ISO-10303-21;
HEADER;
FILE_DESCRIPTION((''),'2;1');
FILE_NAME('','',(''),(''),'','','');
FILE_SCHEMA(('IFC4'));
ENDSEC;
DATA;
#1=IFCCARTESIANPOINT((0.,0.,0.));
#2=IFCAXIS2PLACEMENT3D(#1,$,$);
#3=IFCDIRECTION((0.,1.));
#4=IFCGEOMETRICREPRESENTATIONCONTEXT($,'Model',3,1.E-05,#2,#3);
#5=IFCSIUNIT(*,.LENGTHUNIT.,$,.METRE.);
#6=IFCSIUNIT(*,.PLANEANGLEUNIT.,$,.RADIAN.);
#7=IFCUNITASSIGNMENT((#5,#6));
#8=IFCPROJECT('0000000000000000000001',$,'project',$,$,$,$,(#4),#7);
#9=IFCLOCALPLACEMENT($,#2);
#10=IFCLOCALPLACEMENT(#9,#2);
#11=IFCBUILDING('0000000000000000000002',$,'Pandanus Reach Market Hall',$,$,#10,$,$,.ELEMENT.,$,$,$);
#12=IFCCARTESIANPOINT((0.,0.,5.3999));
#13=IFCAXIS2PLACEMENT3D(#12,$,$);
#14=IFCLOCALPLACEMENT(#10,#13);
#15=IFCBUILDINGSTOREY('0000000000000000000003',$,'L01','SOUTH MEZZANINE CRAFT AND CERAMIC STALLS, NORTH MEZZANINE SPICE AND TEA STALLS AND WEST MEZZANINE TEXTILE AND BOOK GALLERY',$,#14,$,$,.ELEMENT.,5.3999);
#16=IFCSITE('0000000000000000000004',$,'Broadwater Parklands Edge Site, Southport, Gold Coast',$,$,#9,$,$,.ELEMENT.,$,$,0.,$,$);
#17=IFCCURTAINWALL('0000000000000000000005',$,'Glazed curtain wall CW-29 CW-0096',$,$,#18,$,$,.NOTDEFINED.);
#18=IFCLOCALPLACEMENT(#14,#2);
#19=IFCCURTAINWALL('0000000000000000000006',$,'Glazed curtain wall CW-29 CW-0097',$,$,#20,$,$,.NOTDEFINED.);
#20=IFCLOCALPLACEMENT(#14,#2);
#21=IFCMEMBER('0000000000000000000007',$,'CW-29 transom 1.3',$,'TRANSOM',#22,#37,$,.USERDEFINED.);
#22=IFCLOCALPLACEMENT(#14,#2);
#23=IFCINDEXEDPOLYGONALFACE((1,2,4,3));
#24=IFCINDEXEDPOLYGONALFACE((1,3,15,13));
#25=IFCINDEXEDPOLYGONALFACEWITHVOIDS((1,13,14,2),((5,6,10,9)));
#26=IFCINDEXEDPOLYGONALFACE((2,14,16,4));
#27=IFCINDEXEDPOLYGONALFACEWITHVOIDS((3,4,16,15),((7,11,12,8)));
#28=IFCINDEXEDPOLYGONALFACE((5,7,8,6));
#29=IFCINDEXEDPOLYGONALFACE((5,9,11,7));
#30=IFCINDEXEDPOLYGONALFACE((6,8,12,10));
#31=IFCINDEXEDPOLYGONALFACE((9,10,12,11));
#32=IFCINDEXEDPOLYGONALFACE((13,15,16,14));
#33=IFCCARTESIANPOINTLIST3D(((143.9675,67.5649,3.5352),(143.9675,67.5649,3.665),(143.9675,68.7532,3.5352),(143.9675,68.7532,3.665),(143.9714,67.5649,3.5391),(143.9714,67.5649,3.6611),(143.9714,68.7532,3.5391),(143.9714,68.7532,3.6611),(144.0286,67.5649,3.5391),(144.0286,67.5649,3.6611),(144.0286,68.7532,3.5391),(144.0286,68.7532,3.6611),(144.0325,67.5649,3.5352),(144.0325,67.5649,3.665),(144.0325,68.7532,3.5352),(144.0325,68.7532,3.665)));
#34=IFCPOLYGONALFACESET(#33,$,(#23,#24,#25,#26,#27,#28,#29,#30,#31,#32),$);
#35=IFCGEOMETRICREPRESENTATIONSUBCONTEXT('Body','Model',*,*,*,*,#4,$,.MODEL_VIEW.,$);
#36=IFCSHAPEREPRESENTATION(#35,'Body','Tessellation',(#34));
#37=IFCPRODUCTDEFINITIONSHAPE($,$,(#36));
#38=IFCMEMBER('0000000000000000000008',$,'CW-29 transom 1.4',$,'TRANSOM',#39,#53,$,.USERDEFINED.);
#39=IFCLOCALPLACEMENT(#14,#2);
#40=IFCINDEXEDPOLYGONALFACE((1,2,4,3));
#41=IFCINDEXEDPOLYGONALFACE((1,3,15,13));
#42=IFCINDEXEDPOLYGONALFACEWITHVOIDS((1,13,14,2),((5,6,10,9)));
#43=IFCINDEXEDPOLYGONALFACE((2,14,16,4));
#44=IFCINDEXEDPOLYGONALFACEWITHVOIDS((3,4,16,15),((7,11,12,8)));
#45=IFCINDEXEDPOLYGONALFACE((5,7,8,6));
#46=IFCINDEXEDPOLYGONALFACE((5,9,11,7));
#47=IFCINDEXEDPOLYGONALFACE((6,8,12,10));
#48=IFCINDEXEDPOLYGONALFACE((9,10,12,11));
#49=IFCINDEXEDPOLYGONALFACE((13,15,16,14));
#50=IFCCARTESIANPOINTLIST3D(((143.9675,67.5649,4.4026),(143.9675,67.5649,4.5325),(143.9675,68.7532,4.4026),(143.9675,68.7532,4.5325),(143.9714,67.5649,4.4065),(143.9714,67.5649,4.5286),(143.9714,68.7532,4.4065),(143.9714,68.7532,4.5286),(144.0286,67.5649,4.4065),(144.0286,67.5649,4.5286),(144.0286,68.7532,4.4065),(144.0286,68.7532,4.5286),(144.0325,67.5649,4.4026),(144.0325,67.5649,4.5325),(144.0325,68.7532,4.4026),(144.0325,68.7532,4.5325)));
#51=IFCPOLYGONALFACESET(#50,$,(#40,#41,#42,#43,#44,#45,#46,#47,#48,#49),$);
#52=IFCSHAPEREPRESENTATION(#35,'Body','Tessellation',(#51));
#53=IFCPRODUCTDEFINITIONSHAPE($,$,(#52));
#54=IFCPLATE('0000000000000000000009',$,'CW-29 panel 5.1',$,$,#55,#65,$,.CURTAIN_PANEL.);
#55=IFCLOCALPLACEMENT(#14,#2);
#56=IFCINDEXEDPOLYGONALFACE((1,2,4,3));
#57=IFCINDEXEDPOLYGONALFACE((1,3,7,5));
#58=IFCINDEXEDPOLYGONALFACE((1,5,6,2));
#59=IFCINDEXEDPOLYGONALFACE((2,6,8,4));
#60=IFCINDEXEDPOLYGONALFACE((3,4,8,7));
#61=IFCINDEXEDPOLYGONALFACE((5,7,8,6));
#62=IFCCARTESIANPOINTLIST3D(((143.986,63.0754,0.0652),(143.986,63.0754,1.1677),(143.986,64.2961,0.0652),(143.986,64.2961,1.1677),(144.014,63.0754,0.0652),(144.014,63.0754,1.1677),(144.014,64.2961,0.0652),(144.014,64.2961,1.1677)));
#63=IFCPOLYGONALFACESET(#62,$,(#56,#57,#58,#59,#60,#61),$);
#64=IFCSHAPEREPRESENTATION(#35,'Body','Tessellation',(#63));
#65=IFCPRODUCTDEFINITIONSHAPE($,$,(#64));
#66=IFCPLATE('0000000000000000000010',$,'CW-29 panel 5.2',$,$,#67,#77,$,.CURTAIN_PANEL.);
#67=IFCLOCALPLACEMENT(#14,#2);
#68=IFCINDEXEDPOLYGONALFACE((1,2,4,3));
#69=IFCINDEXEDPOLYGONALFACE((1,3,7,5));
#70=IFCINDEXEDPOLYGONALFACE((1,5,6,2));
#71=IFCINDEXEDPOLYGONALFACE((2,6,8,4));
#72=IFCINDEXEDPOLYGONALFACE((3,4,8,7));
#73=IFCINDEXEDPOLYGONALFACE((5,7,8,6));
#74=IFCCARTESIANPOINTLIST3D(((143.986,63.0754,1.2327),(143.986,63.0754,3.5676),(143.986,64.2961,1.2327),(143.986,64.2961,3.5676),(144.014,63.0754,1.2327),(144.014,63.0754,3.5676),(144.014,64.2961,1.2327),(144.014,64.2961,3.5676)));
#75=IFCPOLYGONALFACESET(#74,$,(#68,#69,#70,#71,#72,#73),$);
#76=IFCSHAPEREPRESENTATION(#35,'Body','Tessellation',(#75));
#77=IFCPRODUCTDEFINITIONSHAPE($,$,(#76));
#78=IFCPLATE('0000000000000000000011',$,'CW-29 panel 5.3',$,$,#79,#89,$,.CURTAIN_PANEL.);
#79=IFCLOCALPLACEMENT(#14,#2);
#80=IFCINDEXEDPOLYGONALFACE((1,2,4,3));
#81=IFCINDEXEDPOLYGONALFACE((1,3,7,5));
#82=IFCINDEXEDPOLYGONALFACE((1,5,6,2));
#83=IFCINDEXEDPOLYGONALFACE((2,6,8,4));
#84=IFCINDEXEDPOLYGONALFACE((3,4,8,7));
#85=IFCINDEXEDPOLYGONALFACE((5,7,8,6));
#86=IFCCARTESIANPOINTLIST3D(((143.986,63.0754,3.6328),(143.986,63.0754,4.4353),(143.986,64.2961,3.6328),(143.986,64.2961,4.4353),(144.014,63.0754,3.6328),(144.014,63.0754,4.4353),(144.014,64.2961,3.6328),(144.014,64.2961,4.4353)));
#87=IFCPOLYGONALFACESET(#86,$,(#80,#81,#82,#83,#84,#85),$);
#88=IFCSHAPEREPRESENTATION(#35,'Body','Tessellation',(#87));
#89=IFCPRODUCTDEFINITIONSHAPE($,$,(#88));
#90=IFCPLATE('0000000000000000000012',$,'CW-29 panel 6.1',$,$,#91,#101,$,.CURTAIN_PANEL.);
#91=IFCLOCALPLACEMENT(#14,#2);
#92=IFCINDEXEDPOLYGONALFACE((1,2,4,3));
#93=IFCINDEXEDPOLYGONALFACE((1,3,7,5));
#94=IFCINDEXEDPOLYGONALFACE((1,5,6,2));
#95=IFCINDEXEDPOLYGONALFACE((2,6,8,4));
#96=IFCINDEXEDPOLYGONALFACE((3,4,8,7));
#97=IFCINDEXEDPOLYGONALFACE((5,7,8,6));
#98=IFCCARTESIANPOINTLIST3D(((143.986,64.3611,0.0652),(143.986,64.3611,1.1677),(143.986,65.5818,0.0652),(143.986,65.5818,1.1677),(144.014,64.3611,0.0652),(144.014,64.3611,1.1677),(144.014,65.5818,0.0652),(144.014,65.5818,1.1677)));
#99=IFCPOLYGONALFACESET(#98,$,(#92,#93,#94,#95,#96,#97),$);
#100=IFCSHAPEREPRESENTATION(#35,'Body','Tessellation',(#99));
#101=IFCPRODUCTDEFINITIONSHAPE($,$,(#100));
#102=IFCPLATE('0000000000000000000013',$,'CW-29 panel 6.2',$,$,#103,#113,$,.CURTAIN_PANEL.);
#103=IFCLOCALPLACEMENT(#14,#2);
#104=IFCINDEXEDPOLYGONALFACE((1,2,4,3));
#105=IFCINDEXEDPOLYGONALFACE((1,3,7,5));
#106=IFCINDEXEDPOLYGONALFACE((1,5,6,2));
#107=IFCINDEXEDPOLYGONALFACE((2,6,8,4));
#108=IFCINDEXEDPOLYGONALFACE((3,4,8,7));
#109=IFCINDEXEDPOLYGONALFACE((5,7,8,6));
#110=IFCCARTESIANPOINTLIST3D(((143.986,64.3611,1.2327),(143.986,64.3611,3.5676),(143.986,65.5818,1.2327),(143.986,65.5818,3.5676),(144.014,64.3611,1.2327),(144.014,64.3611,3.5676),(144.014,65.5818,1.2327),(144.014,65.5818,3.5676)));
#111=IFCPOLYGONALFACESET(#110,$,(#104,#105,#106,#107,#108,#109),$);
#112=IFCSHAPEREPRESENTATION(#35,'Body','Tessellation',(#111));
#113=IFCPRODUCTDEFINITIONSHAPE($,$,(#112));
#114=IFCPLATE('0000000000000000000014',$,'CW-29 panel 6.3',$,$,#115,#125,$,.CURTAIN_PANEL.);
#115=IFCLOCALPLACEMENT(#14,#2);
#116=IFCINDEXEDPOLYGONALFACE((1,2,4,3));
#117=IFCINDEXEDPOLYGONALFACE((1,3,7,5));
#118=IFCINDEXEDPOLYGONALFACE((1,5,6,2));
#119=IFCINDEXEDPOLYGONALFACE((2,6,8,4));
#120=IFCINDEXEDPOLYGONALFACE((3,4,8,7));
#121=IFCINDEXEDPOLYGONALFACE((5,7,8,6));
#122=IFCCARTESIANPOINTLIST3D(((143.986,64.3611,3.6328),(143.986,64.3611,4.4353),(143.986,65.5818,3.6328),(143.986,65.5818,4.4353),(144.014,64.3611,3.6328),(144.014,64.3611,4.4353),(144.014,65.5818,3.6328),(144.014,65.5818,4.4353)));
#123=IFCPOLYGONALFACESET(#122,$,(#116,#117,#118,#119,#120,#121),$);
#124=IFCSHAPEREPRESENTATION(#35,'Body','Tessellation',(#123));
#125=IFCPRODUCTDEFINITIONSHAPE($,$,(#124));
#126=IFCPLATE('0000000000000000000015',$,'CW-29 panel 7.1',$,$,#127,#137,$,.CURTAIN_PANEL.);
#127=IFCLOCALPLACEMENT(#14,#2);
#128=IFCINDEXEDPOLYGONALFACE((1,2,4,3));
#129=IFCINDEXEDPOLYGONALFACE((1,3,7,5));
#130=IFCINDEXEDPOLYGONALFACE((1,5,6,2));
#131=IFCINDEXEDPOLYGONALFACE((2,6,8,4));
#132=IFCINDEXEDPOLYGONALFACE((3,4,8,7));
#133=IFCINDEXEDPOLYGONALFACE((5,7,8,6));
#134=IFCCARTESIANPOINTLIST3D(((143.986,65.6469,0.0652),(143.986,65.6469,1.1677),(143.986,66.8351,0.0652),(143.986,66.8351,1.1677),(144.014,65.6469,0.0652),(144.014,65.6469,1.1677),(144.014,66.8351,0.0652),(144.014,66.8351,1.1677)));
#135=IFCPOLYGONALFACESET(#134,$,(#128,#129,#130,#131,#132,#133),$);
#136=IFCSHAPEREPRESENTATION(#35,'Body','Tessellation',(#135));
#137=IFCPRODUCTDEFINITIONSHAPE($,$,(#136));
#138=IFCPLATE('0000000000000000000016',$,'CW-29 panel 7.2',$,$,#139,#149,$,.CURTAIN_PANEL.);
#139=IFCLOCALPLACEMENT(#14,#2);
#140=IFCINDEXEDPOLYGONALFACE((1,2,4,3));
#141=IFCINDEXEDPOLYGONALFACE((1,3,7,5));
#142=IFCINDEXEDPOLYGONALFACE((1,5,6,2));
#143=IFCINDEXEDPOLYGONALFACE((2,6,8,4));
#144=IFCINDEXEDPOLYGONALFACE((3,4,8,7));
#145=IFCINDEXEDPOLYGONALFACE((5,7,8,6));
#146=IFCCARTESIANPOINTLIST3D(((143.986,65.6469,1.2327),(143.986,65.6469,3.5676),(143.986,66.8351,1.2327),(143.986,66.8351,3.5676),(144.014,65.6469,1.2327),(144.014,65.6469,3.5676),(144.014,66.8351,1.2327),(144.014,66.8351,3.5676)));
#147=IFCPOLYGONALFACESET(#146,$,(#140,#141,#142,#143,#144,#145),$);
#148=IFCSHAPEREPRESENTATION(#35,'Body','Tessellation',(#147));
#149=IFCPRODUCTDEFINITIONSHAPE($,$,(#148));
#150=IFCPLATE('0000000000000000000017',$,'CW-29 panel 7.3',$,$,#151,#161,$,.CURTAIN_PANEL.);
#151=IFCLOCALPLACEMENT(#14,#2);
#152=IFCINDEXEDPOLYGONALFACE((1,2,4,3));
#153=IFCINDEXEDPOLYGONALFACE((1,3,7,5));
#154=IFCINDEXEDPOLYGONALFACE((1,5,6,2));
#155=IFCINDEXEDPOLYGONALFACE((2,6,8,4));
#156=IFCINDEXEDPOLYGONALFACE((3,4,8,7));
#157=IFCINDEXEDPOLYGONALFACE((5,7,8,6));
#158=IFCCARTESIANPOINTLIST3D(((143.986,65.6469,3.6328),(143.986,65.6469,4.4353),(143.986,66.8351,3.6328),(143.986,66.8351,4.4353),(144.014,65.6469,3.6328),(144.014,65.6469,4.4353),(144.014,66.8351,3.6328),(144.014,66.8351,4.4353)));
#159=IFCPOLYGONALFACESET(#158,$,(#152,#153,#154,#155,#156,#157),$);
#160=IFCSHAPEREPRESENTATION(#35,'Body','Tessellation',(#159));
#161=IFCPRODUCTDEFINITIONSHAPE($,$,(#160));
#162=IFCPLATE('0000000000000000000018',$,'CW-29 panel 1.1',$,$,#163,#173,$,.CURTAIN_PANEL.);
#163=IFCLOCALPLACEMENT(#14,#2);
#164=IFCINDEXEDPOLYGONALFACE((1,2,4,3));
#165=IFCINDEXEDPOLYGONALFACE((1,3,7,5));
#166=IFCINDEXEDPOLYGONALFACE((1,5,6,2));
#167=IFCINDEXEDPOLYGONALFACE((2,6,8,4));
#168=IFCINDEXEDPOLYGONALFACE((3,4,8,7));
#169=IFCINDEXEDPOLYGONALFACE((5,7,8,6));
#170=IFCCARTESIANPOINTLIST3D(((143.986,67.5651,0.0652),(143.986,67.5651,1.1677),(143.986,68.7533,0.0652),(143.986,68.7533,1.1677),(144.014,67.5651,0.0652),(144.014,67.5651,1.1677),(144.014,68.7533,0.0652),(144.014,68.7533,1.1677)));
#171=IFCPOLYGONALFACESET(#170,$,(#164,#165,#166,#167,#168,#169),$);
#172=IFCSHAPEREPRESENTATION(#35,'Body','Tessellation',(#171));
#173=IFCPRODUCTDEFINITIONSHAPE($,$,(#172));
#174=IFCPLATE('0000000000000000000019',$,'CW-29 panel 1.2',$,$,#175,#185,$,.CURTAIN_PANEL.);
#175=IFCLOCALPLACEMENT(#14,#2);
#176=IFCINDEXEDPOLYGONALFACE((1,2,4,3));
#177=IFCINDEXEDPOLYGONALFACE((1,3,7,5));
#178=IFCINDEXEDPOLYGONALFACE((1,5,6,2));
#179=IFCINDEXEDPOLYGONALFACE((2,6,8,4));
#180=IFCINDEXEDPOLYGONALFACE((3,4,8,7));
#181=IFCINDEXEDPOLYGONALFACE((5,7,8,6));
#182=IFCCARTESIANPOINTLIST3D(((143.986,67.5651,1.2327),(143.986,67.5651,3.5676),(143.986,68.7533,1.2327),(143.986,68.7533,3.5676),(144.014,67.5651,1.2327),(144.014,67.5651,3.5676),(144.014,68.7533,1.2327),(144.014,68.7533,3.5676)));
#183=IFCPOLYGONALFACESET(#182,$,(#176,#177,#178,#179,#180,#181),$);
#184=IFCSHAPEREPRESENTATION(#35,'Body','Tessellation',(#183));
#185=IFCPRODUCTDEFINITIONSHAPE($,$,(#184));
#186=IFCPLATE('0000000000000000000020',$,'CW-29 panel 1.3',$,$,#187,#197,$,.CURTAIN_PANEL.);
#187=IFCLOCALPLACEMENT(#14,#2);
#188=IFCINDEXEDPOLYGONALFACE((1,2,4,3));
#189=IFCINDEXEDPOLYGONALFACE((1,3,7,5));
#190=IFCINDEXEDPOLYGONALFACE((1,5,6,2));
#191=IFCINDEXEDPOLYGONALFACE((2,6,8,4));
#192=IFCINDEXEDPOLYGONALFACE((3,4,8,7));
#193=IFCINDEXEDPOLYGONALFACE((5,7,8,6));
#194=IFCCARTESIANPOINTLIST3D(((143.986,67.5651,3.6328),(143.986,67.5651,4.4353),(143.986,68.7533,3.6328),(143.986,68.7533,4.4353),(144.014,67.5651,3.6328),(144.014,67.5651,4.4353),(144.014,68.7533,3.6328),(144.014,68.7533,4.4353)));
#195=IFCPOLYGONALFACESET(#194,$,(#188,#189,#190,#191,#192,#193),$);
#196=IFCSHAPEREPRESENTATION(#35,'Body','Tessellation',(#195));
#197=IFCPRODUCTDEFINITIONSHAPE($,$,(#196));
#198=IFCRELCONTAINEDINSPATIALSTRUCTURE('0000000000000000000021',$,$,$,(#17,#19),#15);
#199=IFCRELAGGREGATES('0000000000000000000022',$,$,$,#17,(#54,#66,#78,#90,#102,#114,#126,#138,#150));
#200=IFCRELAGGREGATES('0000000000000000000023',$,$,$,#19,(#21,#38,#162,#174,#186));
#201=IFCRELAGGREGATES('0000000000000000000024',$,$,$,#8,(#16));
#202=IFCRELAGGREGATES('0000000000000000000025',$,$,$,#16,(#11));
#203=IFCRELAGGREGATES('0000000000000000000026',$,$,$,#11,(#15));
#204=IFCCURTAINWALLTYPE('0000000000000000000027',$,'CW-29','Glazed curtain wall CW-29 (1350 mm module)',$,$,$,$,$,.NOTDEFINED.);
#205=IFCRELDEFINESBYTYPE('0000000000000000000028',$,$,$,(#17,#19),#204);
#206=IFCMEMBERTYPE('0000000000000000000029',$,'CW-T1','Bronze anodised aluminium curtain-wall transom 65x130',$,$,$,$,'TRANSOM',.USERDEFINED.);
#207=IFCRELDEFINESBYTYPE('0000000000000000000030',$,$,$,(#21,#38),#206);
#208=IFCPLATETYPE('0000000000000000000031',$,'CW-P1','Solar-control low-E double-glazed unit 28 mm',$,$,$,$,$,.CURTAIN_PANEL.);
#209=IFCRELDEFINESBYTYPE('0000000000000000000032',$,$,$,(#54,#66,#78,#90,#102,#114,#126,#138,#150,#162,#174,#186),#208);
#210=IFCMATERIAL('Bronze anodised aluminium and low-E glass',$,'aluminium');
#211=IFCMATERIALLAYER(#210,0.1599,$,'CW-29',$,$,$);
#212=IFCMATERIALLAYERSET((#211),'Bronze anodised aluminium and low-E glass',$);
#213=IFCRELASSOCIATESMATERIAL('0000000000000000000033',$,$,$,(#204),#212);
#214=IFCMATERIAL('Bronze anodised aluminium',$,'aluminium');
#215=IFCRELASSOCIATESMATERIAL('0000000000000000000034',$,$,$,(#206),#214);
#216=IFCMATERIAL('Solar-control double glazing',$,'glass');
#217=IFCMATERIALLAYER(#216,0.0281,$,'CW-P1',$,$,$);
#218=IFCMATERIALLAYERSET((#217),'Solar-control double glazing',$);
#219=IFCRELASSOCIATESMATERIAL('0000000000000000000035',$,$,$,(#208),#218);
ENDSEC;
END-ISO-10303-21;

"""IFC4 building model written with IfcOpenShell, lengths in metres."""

from ifc_helpers import new_model, si_unit, direction, frame, origin, origin_2d, place, context, subcontext, project, spatial, rectangle, hollow_rectangle, extrude, material, layer, layer_set, material_profile, profile_set, type_object, element, aggregate, save


model = new_model("IFC4")

# Units and contexts
model_context = context("Model", 3, precision=1e-05, world=origin(), true_north=direction((0.0, 1.0)))
body_context = subcontext(model_context, "Body", "Model", "MODEL_VIEW")
ifc_project = project(units=[si_unit("LENGTHUNIT", "METRE"), si_unit("PLANEANGLEUNIT", "RADIAN")], contexts=[model_context])

# Site, building, storey
site_placement = place(None, origin())
site = spatial("IfcSite", under=ifc_project, at=site_placement, Name="Broadwater Parklands Edge Site, Southport, Gold Coast", CompositionType="ELEMENT", RefElevation=0.0)
building_placement = place(site_placement, origin())
building = spatial("IfcBuilding", under=site, at=building_placement, Name="Pandanus Reach Market Hall", CompositionType="ELEMENT")
storey_placement = place(building_placement, frame((0.0, 0.0, 5.3999)))
storey = spatial("IfcBuildingStorey", under=building, at=storey_placement, Name="L01", Description="SOUTH MEZZANINE CRAFT AND CERAMIC STALLS, NORTH MEZZANINE SPICE AND TEA STALLS AND WEST MEZZANINE TEXTILE AND BOOK GALLERY", CompositionType="ELEMENT", Elevation=5.3999)

# Curtain walls
ifc_material_1 = material(Name="Bronze anodised aluminium and low-E glass", Category="aluminium")
ifc_layer_1 = layer(ifc_material_1, 0.1599, Name="CW-29")
ifc_layer_set_1 = layer_set([ifc_layer_1], Name="Bronze anodised aluminium and low-E glass")
curtain_wall_type = type_object("IfcCurtainWallType", Name="CW-29", Description="Glazed curtain wall CW-29 (1350 mm module)", PredefinedType="NOTDEFINED", material=ifc_layer_set_1)
curtain_wall_1_placement = place(storey_placement, origin())
curtain_wall_1 = element("IfcCurtainWall", 1, at=curtain_wall_1_placement, inside=storey, type_object=curtain_wall_type, Name="Glazed curtain wall CW-29 CW-0096", PredefinedType="NOTDEFINED")
ifc_material_2 = material(Name="Bronze anodised aluminium", Category="aluminium")
curtain_wall_2_placement = place(storey_placement, origin())
curtain_wall_2 = element("IfcCurtainWall", 2, at=curtain_wall_2_placement, inside=storey, type_object=curtain_wall_type, Name="Glazed curtain wall CW-29 CW-0097", PredefinedType="NOTDEFINED")

# Members
ifc_material_profile_1 = material_profile(ifc_material_2, hollow_rectangle(XDim=0.0649, YDim=0.1299, WallThickness=0.0039, at=origin_2d()), Name="ALU65x130", Category="LoadBearing")
ifc_profile_set_1 = profile_set([ifc_material_profile_1], Name="Bronze anodised aluminium")
member_type_1 = type_object("IfcMemberType", Name="CW-T1", Description="Bronze anodised aluminium curtain-wall transom 65x130", ElementType="TRANSOM", PredefinedType="USERDEFINED", material=ifc_profile_set_1)
member_1_placement = place(storey_placement, frame((144.0, 67.5649, 3.6001), z_axis=(0.0, 1.0, 0.0), x_axis=(-1.0, 0.0, 0.0)))
member_1 = element("IfcMember", 3, at=member_1_placement, type_object=member_type_1, Name="CW-29 transom 1.3", ObjectType="TRANSOM", PredefinedType="USERDEFINED", context=body_context, shape_type="SweptSolid", body=[
    extrude(hollow_rectangle(XDim=0.0649, YDim=0.1299, WallThickness=0.0039, at=origin_2d()), origin(), (0.0, 0.0, 1.0), 1.1882),
])
member_2_placement = place(storey_placement, frame((144.0, 67.5649, 4.4675), z_axis=(0.0, 1.0, 0.0), x_axis=(-1.0, 0.0, 0.0)))
member_2 = element("IfcMember", 4, at=member_2_placement, type_object=member_type_1, Name="CW-29 transom 1.4", ObjectType="TRANSOM", PredefinedType="USERDEFINED", context=body_context, shape_type="SweptSolid", body=[
    extrude(hollow_rectangle(XDim=0.0649, YDim=0.1299, WallThickness=0.0039, at=origin_2d()), origin(), (0.0, 0.0, 1.0), 1.1882),
])

# Plates
ifc_material_3 = material(Name="Solar-control double glazing", Category="glass")
ifc_layer_2 = layer(ifc_material_3, 0.0281, Name="CW-P1")
ifc_layer_set_2 = layer_set([ifc_layer_2], Name="Solar-control double glazing")
plate_type = type_object("IfcPlateType", Name="CW-P1", Description="Solar-control low-E double-glazed unit 28 mm", PredefinedType="CURTAIN_PANEL", material=ifc_layer_set_2)
plate_1_placement = place(storey_placement, frame((144.0, 63.6858, 0.0652), z_axis=(0.0, 0.0, 1.0), x_axis=(0.0, 1.0, 0.0)))
plate_1 = element("IfcPlate", 5, at=plate_1_placement, type_object=plate_type, Name="CW-29 panel 5.1", PredefinedType="CURTAIN_PANEL", context=body_context, shape_type="SweptSolid", body=[
    extrude(rectangle(XDim=1.2207, YDim=0.0281, at=origin_2d()), origin(), (0.0, 0.0, 1.0), 1.1025),
])
plate_2_placement = place(storey_placement, frame((144.0, 63.6858, 1.2327), z_axis=(0.0, 0.0, 1.0), x_axis=(0.0, 1.0, 0.0)))
plate_2 = element("IfcPlate", 6, at=plate_2_placement, type_object=plate_type, Name="CW-29 panel 5.2", PredefinedType="CURTAIN_PANEL", context=body_context, shape_type="SweptSolid", body=[
    extrude(rectangle(XDim=1.2207, YDim=0.0281, at=origin_2d()), origin(), (0.0, 0.0, 1.0), 2.335),
])
plate_3_placement = place(storey_placement, frame((144.0, 63.6858, 3.6328), z_axis=(0.0, 0.0, 1.0), x_axis=(0.0, 1.0, 0.0)))
plate_3 = element("IfcPlate", 7, at=plate_3_placement, type_object=plate_type, Name="CW-29 panel 5.3", PredefinedType="CURTAIN_PANEL", context=body_context, shape_type="SweptSolid", body=[
    extrude(rectangle(XDim=1.2207, YDim=0.0281, at=origin_2d()), origin(), (0.0, 0.0, 1.0), 0.8025),
])
plate_4_placement = place(storey_placement, frame((144.0, 64.9714, 0.0652), z_axis=(0.0, 0.0, 1.0), x_axis=(0.0, 1.0, 0.0)))
plate_4 = element("IfcPlate", 8, at=plate_4_placement, type_object=plate_type, Name="CW-29 panel 6.1", PredefinedType="CURTAIN_PANEL", context=body_context, shape_type="SweptSolid", body=[
    extrude(rectangle(XDim=1.2207, YDim=0.0281, at=origin_2d()), origin(), (0.0, 0.0, 1.0), 1.1025),
])
plate_5_placement = place(storey_placement, frame((144.0, 64.9714, 1.2327), z_axis=(0.0, 0.0, 1.0), x_axis=(0.0, 1.0, 0.0)))
plate_5 = element("IfcPlate", 9, at=plate_5_placement, type_object=plate_type, Name="CW-29 panel 6.2", PredefinedType="CURTAIN_PANEL", context=body_context, shape_type="SweptSolid", body=[
    extrude(rectangle(XDim=1.2207, YDim=0.0281, at=origin_2d()), origin(), (0.0, 0.0, 1.0), 2.335),
])
plate_6_placement = place(storey_placement, frame((144.0, 64.9714, 3.6328), z_axis=(0.0, 0.0, 1.0), x_axis=(0.0, 1.0, 0.0)))
plate_6 = element("IfcPlate", 10, at=plate_6_placement, type_object=plate_type, Name="CW-29 panel 6.3", PredefinedType="CURTAIN_PANEL", context=body_context, shape_type="SweptSolid", body=[
    extrude(rectangle(XDim=1.2207, YDim=0.0281, at=origin_2d()), origin(), (0.0, 0.0, 1.0), 0.8025),
])
plate_7_placement = place(storey_placement, frame((144.0, 66.241, 0.0652), z_axis=(0.0, 0.0, 1.0), x_axis=(0.0, 1.0, 0.0)))
plate_7 = element("IfcPlate", 11, at=plate_7_placement, type_object=plate_type, Name="CW-29 panel 7.1", PredefinedType="CURTAIN_PANEL", context=body_context, shape_type="SweptSolid", body=[
    extrude(rectangle(XDim=1.1882, YDim=0.0281, at=origin_2d()), origin(), (0.0, 0.0, 1.0), 1.1025),
])
plate_8_placement = place(storey_placement, frame((144.0, 66.241, 1.2327), z_axis=(0.0, 0.0, 1.0), x_axis=(0.0, 1.0, 0.0)))
plate_8 = element("IfcPlate", 12, at=plate_8_placement, type_object=plate_type, Name="CW-29 panel 7.2", PredefinedType="CURTAIN_PANEL", context=body_context, shape_type="SweptSolid", body=[
    extrude(rectangle(XDim=1.1882, YDim=0.0281, at=origin_2d()), origin(), (0.0, 0.0, 1.0), 2.335),
])
plate_9_placement = place(storey_placement, frame((144.0, 66.241, 3.6328), z_axis=(0.0, 0.0, 1.0), x_axis=(0.0, 1.0, 0.0)))
plate_9 = element("IfcPlate", 13, at=plate_9_placement, type_object=plate_type, Name="CW-29 panel 7.3", PredefinedType="CURTAIN_PANEL", context=body_context, shape_type="SweptSolid", body=[
    extrude(rectangle(XDim=1.1882, YDim=0.0281, at=origin_2d()), origin(), (0.0, 0.0, 1.0), 0.8025),
])
aggregate(curtain_wall_1, [plate_1, plate_2, plate_3, plate_4, plate_5, plate_6, plate_7, plate_8, plate_9])
plate_10_placement = place(storey_placement, frame((144.0, 68.1592, 0.0652), z_axis=(0.0, 0.0, 1.0), x_axis=(0.0, 1.0, 0.0)))
plate_10 = element("IfcPlate", 14, at=plate_10_placement, type_object=plate_type, Name="CW-29 panel 1.1", PredefinedType="CURTAIN_PANEL", context=body_context, shape_type="SweptSolid", body=[
    extrude(rectangle(XDim=1.1882, YDim=0.0281, at=origin_2d()), origin(), (0.0, 0.0, 1.0), 1.1025),
])
plate_11_placement = place(storey_placement, frame((144.0, 68.1592, 1.2327), z_axis=(0.0, 0.0, 1.0), x_axis=(0.0, 1.0, 0.0)))
plate_11 = element("IfcPlate", 15, at=plate_11_placement, type_object=plate_type, Name="CW-29 panel 1.2", PredefinedType="CURTAIN_PANEL", context=body_context, shape_type="SweptSolid", body=[
    extrude(rectangle(XDim=1.1882, YDim=0.0281, at=origin_2d()), origin(), (0.0, 0.0, 1.0), 2.335),
])
plate_12_placement = place(storey_placement, frame((144.0, 68.1592, 3.6328), z_axis=(0.0, 0.0, 1.0), x_axis=(0.0, 1.0, 0.0)))
plate_12 = element("IfcPlate", 16, at=plate_12_placement, type_object=plate_type, Name="CW-29 panel 1.3", PredefinedType="CURTAIN_PANEL", context=body_context, shape_type="SweptSolid", body=[
    extrude(rectangle(XDim=1.1882, YDim=0.0281, at=origin_2d()), origin(), (0.0, 0.0, 1.0), 0.8025),
])
aggregate(curtain_wall_2, [member_1, member_2, plate_10, plate_11, plate_12])

save(model, "model.ifc")
